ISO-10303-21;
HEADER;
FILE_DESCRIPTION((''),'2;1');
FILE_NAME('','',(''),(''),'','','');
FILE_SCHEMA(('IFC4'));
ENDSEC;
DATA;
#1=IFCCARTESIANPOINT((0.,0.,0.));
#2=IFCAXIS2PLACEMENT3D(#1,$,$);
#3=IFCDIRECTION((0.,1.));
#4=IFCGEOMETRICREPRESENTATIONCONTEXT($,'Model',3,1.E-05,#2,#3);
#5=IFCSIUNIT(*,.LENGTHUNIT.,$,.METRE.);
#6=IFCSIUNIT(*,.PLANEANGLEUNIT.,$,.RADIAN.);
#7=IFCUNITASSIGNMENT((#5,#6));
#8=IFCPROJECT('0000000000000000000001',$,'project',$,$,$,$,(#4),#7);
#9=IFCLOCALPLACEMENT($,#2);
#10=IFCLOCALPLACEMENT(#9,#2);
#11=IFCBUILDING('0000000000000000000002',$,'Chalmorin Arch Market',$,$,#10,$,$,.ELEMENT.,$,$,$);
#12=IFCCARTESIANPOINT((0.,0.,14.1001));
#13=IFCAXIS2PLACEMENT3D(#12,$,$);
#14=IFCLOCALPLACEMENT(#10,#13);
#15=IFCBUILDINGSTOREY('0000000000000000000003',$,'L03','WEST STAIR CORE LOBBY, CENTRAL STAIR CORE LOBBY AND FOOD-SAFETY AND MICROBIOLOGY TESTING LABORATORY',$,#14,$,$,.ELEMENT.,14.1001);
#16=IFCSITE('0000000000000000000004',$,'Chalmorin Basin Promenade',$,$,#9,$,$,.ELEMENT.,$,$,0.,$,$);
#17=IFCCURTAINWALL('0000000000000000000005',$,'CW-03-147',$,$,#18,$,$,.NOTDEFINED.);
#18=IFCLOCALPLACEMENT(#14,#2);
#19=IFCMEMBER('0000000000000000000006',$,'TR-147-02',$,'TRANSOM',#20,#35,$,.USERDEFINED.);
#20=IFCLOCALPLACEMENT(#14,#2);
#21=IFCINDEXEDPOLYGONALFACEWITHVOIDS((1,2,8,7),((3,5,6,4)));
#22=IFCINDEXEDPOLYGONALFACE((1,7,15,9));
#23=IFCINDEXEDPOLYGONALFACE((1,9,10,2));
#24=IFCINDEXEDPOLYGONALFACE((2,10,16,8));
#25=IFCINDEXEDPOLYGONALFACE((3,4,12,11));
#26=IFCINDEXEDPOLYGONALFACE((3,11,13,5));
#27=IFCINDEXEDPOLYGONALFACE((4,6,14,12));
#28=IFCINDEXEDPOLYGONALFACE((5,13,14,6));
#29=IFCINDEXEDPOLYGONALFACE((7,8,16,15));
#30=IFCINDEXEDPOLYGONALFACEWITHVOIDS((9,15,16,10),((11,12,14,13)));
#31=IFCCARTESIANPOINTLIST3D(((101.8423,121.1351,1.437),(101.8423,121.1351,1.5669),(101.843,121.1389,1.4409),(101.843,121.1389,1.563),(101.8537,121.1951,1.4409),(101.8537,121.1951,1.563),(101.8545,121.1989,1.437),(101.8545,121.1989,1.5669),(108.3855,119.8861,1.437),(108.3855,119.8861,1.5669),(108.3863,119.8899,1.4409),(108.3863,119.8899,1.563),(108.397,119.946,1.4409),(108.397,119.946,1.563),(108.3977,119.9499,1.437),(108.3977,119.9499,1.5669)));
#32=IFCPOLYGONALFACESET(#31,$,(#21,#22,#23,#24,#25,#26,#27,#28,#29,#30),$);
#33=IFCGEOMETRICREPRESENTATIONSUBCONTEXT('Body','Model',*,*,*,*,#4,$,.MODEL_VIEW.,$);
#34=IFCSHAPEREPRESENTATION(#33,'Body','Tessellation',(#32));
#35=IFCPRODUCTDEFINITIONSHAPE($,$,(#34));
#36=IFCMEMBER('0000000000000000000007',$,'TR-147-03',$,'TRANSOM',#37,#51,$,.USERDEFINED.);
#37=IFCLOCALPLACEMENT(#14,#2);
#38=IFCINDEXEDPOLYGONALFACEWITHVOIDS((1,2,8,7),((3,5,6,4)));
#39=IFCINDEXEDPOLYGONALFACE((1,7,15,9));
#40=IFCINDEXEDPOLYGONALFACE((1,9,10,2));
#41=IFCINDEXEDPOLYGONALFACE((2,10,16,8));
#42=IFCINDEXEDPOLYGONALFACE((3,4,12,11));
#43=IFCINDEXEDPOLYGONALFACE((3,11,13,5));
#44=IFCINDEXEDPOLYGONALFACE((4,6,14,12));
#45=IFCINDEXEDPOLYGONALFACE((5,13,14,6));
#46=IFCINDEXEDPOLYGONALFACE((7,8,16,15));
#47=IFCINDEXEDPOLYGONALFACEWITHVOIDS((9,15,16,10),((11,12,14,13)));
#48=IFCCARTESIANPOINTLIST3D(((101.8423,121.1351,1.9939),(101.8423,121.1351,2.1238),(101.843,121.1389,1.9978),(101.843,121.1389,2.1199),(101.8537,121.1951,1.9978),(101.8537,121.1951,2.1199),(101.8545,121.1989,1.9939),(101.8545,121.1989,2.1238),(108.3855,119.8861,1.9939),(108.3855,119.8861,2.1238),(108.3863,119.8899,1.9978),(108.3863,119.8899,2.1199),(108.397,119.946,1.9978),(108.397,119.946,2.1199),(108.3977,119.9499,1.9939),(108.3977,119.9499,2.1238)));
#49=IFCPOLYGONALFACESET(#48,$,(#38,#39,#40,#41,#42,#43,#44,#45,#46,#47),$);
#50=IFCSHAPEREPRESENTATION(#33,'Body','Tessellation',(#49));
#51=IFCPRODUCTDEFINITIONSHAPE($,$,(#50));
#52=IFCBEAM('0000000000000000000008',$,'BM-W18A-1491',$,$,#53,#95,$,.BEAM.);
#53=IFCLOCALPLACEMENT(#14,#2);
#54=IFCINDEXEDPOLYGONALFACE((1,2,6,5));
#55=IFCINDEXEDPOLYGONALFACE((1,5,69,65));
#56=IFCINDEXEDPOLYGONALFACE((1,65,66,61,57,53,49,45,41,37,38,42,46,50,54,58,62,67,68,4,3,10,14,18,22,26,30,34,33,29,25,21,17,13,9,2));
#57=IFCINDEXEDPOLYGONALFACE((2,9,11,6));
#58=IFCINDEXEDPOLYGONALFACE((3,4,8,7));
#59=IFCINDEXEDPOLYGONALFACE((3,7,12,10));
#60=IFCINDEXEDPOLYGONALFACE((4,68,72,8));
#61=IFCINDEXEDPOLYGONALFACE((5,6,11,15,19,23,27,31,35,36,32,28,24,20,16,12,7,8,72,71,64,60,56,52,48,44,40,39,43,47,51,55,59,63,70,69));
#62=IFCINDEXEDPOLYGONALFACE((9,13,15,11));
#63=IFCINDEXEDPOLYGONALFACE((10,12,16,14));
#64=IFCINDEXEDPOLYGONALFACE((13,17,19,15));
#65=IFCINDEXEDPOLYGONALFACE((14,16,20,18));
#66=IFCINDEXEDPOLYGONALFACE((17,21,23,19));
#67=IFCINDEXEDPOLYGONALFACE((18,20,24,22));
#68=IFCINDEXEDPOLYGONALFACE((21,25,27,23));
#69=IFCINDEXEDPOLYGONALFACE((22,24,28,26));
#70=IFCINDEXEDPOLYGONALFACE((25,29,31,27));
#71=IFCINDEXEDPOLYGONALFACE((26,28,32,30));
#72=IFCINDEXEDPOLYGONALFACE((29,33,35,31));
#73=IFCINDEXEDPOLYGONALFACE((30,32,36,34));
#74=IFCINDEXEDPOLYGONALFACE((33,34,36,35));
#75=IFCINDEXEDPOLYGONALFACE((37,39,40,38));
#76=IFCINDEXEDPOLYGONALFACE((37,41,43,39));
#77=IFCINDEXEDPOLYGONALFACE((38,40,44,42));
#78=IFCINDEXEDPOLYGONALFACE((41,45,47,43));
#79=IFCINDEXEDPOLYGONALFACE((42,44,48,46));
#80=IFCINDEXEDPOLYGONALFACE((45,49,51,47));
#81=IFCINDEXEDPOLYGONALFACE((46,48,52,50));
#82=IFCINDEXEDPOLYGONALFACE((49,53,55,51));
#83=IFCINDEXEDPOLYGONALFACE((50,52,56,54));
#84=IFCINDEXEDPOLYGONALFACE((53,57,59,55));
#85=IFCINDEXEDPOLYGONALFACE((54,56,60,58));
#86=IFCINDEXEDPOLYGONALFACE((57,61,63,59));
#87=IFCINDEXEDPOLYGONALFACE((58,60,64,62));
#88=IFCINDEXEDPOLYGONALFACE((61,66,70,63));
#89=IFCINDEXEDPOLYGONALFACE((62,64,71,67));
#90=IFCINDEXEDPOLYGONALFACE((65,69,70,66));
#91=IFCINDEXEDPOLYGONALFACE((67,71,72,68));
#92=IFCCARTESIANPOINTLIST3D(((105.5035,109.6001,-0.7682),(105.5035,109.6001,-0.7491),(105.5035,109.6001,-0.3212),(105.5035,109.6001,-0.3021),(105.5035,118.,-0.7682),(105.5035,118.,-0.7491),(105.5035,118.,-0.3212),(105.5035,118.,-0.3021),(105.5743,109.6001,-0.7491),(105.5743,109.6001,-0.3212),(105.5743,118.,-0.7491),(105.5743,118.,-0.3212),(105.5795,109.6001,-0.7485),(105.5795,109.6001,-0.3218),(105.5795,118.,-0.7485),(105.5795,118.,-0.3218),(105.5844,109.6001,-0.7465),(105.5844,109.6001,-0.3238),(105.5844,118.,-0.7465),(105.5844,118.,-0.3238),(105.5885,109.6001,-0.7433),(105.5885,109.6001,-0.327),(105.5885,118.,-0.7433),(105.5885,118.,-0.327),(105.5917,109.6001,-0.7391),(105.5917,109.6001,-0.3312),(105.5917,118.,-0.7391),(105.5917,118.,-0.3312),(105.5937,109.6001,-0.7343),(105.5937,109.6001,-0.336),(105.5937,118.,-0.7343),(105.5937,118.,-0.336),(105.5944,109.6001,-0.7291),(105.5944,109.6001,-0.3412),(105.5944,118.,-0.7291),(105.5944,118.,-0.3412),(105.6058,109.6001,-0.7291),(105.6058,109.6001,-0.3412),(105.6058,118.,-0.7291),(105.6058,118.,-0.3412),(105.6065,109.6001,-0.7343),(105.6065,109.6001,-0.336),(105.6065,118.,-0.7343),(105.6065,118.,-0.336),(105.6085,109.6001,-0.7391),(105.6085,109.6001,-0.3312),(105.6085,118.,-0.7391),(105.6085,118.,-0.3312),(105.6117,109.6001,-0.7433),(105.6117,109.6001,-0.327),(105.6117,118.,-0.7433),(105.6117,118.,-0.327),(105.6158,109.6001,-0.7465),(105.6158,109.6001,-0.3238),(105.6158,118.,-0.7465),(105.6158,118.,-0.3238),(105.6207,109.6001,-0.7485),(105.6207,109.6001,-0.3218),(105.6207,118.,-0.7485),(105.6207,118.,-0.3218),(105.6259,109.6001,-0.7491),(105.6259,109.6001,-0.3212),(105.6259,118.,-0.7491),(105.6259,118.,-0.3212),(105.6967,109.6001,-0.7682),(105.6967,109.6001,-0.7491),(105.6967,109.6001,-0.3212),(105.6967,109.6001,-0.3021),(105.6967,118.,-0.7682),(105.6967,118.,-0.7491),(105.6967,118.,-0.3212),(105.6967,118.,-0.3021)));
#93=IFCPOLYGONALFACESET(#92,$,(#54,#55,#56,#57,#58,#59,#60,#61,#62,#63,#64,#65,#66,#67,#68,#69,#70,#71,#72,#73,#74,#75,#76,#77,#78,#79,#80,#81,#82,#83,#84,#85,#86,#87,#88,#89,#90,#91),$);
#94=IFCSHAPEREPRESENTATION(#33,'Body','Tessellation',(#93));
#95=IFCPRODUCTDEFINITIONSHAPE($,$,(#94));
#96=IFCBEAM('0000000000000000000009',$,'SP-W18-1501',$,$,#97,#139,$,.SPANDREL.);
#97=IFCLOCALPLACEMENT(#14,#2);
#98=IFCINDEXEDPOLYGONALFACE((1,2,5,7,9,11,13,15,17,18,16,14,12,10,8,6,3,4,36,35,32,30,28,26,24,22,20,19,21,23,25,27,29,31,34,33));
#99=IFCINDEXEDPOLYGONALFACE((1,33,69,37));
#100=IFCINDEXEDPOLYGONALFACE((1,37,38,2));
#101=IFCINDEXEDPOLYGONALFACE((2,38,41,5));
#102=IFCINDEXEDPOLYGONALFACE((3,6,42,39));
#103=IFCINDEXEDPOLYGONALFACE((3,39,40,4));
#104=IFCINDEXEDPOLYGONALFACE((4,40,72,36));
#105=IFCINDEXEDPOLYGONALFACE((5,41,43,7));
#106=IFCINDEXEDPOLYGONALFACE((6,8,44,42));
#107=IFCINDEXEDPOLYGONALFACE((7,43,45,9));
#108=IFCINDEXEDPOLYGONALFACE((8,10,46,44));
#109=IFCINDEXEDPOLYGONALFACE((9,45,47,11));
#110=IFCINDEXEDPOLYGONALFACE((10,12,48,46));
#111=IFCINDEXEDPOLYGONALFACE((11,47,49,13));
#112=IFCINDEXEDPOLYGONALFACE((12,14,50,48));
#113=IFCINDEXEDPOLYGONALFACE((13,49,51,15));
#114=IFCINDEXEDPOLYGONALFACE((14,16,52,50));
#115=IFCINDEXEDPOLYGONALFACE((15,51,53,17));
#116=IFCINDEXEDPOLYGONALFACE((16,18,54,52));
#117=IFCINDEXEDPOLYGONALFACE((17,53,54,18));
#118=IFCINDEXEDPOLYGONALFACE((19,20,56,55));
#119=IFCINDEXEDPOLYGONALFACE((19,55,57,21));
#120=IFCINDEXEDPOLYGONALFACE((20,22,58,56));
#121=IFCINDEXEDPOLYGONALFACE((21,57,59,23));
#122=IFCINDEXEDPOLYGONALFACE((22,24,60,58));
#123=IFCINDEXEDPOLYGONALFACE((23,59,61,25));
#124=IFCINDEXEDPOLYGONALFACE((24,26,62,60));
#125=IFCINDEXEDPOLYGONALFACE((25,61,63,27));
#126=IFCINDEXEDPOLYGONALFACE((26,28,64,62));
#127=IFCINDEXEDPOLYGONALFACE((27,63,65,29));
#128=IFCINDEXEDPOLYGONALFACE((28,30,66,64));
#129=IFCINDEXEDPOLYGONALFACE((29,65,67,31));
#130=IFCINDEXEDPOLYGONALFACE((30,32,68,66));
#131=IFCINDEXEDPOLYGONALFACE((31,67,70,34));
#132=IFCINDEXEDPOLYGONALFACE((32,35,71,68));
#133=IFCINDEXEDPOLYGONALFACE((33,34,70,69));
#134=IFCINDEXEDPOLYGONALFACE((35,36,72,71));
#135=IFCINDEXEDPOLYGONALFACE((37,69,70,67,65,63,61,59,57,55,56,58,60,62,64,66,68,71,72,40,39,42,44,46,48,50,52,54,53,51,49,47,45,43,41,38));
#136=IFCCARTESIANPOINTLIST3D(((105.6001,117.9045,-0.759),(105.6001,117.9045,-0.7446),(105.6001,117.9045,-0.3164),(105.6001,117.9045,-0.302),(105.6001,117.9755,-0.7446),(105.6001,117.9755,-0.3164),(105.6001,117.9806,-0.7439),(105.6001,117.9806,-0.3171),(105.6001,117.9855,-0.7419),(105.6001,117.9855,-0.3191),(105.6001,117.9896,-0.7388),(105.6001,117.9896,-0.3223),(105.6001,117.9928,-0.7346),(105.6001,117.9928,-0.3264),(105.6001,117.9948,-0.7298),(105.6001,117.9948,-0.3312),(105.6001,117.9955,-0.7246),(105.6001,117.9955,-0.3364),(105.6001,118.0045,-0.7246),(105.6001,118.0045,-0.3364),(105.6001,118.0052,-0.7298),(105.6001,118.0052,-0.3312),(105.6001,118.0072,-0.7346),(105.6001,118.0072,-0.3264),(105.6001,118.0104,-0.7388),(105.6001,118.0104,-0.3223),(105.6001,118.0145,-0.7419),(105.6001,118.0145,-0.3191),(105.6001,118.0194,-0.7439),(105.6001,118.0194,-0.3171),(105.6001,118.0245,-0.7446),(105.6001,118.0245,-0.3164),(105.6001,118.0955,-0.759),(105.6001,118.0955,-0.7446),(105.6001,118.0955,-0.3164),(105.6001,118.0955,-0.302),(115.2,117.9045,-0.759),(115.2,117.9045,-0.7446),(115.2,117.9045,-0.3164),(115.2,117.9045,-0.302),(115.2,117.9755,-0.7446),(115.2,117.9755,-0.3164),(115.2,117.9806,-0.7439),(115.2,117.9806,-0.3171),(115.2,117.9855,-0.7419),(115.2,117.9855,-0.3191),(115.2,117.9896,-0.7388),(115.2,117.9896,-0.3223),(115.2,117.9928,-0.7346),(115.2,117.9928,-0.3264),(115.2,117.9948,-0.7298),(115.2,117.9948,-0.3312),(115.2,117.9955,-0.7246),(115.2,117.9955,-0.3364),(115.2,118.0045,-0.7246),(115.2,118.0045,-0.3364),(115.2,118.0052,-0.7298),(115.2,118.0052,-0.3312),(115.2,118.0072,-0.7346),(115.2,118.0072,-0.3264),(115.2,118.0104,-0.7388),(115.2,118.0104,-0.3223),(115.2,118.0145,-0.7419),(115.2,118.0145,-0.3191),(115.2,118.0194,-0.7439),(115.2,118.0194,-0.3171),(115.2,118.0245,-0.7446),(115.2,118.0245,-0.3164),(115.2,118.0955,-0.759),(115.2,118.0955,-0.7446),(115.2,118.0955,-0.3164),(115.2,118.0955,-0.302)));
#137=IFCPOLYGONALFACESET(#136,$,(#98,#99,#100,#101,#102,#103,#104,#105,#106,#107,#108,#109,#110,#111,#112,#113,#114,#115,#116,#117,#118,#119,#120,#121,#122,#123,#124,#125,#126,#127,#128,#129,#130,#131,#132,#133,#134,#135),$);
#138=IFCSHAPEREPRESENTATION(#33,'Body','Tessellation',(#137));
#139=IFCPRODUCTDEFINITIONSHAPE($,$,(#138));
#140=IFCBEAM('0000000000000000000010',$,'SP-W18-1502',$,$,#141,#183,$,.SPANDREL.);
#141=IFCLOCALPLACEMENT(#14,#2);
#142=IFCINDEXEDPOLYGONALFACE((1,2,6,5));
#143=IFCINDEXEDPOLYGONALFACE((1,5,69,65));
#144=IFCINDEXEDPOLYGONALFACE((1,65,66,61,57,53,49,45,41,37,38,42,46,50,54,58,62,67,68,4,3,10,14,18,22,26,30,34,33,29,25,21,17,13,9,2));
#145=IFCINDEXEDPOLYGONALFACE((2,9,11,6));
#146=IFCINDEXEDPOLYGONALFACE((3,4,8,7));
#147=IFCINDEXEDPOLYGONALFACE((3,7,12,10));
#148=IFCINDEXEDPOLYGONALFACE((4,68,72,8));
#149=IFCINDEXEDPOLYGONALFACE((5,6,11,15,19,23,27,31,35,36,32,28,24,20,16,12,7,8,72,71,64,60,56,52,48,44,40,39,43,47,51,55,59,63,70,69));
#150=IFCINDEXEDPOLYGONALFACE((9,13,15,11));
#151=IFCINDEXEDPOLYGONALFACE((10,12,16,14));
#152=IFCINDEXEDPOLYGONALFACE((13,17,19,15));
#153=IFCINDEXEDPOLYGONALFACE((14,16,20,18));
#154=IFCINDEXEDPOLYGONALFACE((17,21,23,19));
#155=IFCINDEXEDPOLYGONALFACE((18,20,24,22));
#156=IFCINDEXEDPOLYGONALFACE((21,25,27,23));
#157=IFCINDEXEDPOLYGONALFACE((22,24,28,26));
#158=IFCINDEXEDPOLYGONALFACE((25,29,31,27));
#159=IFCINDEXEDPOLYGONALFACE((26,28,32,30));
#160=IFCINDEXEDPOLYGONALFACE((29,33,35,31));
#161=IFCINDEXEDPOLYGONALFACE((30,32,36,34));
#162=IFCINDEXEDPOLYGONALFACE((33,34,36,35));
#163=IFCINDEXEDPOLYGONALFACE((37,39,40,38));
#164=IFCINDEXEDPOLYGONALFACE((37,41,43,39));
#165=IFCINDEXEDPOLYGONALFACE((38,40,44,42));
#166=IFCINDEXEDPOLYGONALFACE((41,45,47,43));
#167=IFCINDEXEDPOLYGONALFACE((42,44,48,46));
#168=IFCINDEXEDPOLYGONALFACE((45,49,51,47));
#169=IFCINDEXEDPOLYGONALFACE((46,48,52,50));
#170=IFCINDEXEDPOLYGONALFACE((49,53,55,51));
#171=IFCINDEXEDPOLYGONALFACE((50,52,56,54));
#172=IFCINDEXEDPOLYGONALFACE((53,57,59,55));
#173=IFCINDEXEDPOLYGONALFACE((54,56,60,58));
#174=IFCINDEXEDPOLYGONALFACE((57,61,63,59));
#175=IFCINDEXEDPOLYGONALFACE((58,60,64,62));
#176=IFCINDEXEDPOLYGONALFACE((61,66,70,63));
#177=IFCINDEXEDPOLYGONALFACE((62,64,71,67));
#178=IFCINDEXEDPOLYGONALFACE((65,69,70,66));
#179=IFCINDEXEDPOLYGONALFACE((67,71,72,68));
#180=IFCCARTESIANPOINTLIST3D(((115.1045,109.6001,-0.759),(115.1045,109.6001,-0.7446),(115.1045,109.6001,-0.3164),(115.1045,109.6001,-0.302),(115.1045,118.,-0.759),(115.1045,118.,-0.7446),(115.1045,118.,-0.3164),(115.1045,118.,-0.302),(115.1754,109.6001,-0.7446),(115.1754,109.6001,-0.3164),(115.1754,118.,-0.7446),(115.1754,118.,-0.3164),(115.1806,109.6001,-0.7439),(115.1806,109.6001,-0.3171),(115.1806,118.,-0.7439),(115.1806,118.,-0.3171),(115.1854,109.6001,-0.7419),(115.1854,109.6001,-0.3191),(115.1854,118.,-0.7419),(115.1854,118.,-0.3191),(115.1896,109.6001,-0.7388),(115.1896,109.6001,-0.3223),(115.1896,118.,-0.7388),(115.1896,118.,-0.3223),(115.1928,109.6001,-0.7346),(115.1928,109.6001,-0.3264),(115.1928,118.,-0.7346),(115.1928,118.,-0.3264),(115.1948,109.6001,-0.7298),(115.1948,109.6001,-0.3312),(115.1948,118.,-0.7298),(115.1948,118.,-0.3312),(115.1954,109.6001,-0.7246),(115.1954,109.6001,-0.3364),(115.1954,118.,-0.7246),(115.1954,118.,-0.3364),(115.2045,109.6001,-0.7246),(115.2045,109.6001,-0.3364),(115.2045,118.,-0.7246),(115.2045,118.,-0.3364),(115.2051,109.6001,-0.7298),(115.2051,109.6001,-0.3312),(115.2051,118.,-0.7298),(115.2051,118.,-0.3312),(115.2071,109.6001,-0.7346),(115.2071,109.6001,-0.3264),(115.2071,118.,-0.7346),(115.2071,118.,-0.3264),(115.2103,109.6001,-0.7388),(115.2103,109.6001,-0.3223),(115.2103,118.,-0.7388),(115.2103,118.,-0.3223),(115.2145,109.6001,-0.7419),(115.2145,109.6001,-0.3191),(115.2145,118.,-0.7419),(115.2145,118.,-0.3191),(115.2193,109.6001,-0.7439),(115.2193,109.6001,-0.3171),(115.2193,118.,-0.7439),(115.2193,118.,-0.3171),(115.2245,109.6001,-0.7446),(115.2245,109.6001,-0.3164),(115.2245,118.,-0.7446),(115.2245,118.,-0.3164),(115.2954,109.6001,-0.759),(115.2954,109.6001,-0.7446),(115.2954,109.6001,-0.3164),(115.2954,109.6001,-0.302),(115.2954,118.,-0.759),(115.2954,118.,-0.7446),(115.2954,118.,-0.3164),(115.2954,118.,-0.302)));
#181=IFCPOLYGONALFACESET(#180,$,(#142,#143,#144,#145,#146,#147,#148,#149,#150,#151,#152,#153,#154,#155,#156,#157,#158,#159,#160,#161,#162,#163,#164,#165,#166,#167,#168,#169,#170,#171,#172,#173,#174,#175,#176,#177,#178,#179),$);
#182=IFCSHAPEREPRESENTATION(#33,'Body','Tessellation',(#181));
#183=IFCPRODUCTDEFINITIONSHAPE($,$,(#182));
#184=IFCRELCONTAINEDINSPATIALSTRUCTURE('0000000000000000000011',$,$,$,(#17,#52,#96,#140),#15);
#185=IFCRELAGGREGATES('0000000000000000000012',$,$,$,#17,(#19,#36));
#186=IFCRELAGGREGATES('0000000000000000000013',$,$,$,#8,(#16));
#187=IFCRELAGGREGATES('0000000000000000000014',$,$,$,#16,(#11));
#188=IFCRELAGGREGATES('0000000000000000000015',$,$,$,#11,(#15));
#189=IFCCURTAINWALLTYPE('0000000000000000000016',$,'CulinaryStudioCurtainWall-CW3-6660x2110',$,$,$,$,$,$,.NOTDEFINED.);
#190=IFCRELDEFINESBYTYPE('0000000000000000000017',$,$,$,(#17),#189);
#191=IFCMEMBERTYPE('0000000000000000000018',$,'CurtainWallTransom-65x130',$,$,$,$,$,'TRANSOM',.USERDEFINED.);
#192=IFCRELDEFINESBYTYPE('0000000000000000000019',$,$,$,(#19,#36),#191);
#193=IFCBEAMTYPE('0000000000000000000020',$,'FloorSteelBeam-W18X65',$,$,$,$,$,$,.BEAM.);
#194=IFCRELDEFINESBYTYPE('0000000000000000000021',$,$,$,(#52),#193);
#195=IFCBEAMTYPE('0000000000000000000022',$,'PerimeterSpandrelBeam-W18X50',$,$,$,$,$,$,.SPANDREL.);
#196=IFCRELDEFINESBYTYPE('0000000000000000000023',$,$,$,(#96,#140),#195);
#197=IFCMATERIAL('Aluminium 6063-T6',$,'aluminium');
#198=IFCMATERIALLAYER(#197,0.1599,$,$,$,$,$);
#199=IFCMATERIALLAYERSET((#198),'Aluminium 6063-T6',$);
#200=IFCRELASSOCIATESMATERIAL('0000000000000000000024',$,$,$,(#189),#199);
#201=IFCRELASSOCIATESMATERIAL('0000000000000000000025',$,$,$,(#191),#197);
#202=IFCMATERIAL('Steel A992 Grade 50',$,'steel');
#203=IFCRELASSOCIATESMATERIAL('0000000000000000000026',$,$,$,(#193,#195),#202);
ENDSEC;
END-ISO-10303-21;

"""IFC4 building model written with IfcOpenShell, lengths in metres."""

from ifc_helpers import new_model, si_unit, direction, frame, origin, origin_2d, place, context, subcontext, project, spatial, hollow_rectangle, i_section, extrude, material, layer, layer_set, material_profile, profile_set, type_object, element, aggregate, save


model = new_model("IFC4")

# Units and contexts
model_context = context("Model", 3, precision=1e-05, world=origin(), true_north=direction((0.0, 1.0)))
body_context = subcontext(model_context, "Body", "Model", "MODEL_VIEW")
ifc_project = project(units=[si_unit("LENGTHUNIT", "METRE"), si_unit("PLANEANGLEUNIT", "RADIAN")], contexts=[model_context])

# Site, building, storey
site_placement = place(None, origin())
site = spatial("IfcSite", under=ifc_project, at=site_placement, Name="Chalmorin Basin Promenade", CompositionType="ELEMENT", RefElevation=0.0)
building_placement = place(site_placement, origin())
building = spatial("IfcBuilding", under=site, at=building_placement, Name="Chalmorin Arch Market", CompositionType="ELEMENT")
storey_placement = place(building_placement, frame((0.0, 0.0, 14.1001)))
storey = spatial("IfcBuildingStorey", under=building, at=storey_placement, Name="L03", Description="WEST STAIR CORE LOBBY, CENTRAL STAIR CORE LOBBY AND FOOD-SAFETY AND MICROBIOLOGY TESTING LABORATORY", CompositionType="ELEMENT", Elevation=14.1001)

# Curtain wall, members
ifc_material_1 = material(Name="Aluminium 6063-T6", Category="aluminium")
ifc_layer_1 = layer(ifc_material_1, 0.1599)
ifc_layer_set_1 = layer_set([ifc_layer_1], Name="Aluminium 6063-T6")
curtain_wall_type_1 = type_object("IfcCurtainWallType", Name="CulinaryStudioCurtainWall-CW3-6660x2110", PredefinedType="NOTDEFINED", material=ifc_layer_set_1)
curtain_wall_1_placement = place(storey_placement, origin())
curtain_wall_1 = element("IfcCurtainWall", 1, at=curtain_wall_1_placement, inside=storey, type_object=curtain_wall_type_1, Name="CW-03-147", PredefinedType="NOTDEFINED")
ifc_material_profile_1 = material_profile(ifc_material_1, hollow_rectangle(XDim=0.0649, YDim=0.1299, WallThickness=0.0039, at=origin_2d()), Name="ALU65X130X4")
ifc_profile_set_1 = profile_set([ifc_material_profile_1], Name="Aluminium 6063-T6")
member_type_1 = type_object("IfcMemberType", Name="CurtainWallTransom-65x130", ElementType="TRANSOM", PredefinedType="USERDEFINED", material=ifc_profile_set_1)
member_1_placement = place(storey_placement, frame((101.8484, 121.167, 1.502), z_axis=(0.982264, -0.187503, 0.0), x_axis=(0.187503, 0.982264, 0.0)))
member_1 = element("IfcMember", 2, at=member_1_placement, type_object=member_type_1, Name="TR-147-02", ObjectType="TRANSOM", PredefinedType="USERDEFINED", context=body_context, shape_type="SweptSolid", body=[
    extrude(hollow_rectangle(XDim=0.0649, YDim=0.1299, WallThickness=0.0039, at=origin_2d()), origin(), (0.0, 0.0, 1.0), 6.6614),
])
member_2_placement = place(storey_placement, frame((101.8484, 121.167, 2.0588), z_axis=(0.982264, -0.187503, 0.0), x_axis=(0.187503, 0.982264, 0.0)))
member_2 = element("IfcMember", 3, at=member_2_placement, type_object=member_type_1, Name="TR-147-03", ObjectType="TRANSOM", PredefinedType="USERDEFINED", context=body_context, shape_type="SweptSolid", body=[
    extrude(hollow_rectangle(XDim=0.0649, YDim=0.1299, WallThickness=0.0039, at=origin_2d()), origin(), (0.0, 0.0, 1.0), 6.6614),
])

# Beams
ifc_material_2 = material(Name="Steel A992 Grade 50", Category="steel")
ifc_material_profile_2 = material_profile(ifc_material_2, i_section(OverallWidth=0.1931, OverallDepth=0.4661, WebThickness=0.0115, FlangeThickness=0.019, FilletRadius=0.02, at=origin_2d()), Name="W18X65")
ifc_profile_set_2 = profile_set([ifc_material_profile_2], Name="Steel A992 Grade 50")
beam_type_1 = type_object("IfcBeamType", Name="FloorSteelBeam-W18X65", PredefinedType="BEAM", material=ifc_profile_set_2)
beam_1_placement = place(storey_placement, frame((105.6001, 109.6001, -0.5352), z_axis=(0.0, 1.0, 0.0), x_axis=(-1.0, 0.0, 0.0)))
element("IfcBeam", 4, at=beam_1_placement, inside=storey, type_object=beam_type_1, Name="BM-W18A-1491", PredefinedType="BEAM", context=body_context, shape_type="SweptSolid", body=[
    extrude(i_section(OverallWidth=0.1931, OverallDepth=0.4661, WebThickness=0.0115, FlangeThickness=0.019, FilletRadius=0.02, at=origin_2d()), origin(), (0.0, 0.0, 1.0), 8.3999),
])
ifc_material_profile_3 = material_profile(ifc_material_2, i_section(OverallWidth=0.1909, OverallDepth=0.457, WebThickness=0.009, FlangeThickness=0.0144, FilletRadius=0.02, at=origin_2d()), Name="W18X50")
ifc_profile_set_3 = profile_set([ifc_material_profile_3], Name="Steel A992 Grade 50")
beam_type_2 = type_object("IfcBeamType", Name="PerimeterSpandrelBeam-W18X50", PredefinedType="SPANDREL", material=ifc_profile_set_3)
beam_2_placement = place(storey_placement, frame((105.6001, 118.0, -0.5305), z_axis=(1.0, 0.0, 0.0), x_axis=(0.0, 1.0, 0.0)))
element("IfcBeam", 5, at=beam_2_placement, inside=storey, type_object=beam_type_2, Name="SP-W18-1501", PredefinedType="SPANDREL", context=body_context, shape_type="SweptSolid", body=[
    extrude(i_section(OverallWidth=0.1909, OverallDepth=0.457, WebThickness=0.009, FlangeThickness=0.0144, FilletRadius=0.02, at=origin_2d()), origin(), (0.0, 0.0, 1.0), 9.5999),
])
beam_3_placement = place(storey_placement, frame((115.2, 109.6001, -0.5305), z_axis=(0.0, 1.0, 0.0), x_axis=(-1.0, 0.0, 0.0)))
element("IfcBeam", 6, at=beam_3_placement, inside=storey, type_object=beam_type_2, Name="SP-W18-1502", PredefinedType="SPANDREL", context=body_context, shape_type="SweptSolid", body=[
    extrude(i_section(OverallWidth=0.1909, OverallDepth=0.457, WebThickness=0.009, FlangeThickness=0.0144, FilletRadius=0.02, at=origin_2d()), origin(), (0.0, 0.0, 1.0), 8.3999),
])

aggregate(curtain_wall_1, [member_1, member_2])

save(model, "model.ifc")
